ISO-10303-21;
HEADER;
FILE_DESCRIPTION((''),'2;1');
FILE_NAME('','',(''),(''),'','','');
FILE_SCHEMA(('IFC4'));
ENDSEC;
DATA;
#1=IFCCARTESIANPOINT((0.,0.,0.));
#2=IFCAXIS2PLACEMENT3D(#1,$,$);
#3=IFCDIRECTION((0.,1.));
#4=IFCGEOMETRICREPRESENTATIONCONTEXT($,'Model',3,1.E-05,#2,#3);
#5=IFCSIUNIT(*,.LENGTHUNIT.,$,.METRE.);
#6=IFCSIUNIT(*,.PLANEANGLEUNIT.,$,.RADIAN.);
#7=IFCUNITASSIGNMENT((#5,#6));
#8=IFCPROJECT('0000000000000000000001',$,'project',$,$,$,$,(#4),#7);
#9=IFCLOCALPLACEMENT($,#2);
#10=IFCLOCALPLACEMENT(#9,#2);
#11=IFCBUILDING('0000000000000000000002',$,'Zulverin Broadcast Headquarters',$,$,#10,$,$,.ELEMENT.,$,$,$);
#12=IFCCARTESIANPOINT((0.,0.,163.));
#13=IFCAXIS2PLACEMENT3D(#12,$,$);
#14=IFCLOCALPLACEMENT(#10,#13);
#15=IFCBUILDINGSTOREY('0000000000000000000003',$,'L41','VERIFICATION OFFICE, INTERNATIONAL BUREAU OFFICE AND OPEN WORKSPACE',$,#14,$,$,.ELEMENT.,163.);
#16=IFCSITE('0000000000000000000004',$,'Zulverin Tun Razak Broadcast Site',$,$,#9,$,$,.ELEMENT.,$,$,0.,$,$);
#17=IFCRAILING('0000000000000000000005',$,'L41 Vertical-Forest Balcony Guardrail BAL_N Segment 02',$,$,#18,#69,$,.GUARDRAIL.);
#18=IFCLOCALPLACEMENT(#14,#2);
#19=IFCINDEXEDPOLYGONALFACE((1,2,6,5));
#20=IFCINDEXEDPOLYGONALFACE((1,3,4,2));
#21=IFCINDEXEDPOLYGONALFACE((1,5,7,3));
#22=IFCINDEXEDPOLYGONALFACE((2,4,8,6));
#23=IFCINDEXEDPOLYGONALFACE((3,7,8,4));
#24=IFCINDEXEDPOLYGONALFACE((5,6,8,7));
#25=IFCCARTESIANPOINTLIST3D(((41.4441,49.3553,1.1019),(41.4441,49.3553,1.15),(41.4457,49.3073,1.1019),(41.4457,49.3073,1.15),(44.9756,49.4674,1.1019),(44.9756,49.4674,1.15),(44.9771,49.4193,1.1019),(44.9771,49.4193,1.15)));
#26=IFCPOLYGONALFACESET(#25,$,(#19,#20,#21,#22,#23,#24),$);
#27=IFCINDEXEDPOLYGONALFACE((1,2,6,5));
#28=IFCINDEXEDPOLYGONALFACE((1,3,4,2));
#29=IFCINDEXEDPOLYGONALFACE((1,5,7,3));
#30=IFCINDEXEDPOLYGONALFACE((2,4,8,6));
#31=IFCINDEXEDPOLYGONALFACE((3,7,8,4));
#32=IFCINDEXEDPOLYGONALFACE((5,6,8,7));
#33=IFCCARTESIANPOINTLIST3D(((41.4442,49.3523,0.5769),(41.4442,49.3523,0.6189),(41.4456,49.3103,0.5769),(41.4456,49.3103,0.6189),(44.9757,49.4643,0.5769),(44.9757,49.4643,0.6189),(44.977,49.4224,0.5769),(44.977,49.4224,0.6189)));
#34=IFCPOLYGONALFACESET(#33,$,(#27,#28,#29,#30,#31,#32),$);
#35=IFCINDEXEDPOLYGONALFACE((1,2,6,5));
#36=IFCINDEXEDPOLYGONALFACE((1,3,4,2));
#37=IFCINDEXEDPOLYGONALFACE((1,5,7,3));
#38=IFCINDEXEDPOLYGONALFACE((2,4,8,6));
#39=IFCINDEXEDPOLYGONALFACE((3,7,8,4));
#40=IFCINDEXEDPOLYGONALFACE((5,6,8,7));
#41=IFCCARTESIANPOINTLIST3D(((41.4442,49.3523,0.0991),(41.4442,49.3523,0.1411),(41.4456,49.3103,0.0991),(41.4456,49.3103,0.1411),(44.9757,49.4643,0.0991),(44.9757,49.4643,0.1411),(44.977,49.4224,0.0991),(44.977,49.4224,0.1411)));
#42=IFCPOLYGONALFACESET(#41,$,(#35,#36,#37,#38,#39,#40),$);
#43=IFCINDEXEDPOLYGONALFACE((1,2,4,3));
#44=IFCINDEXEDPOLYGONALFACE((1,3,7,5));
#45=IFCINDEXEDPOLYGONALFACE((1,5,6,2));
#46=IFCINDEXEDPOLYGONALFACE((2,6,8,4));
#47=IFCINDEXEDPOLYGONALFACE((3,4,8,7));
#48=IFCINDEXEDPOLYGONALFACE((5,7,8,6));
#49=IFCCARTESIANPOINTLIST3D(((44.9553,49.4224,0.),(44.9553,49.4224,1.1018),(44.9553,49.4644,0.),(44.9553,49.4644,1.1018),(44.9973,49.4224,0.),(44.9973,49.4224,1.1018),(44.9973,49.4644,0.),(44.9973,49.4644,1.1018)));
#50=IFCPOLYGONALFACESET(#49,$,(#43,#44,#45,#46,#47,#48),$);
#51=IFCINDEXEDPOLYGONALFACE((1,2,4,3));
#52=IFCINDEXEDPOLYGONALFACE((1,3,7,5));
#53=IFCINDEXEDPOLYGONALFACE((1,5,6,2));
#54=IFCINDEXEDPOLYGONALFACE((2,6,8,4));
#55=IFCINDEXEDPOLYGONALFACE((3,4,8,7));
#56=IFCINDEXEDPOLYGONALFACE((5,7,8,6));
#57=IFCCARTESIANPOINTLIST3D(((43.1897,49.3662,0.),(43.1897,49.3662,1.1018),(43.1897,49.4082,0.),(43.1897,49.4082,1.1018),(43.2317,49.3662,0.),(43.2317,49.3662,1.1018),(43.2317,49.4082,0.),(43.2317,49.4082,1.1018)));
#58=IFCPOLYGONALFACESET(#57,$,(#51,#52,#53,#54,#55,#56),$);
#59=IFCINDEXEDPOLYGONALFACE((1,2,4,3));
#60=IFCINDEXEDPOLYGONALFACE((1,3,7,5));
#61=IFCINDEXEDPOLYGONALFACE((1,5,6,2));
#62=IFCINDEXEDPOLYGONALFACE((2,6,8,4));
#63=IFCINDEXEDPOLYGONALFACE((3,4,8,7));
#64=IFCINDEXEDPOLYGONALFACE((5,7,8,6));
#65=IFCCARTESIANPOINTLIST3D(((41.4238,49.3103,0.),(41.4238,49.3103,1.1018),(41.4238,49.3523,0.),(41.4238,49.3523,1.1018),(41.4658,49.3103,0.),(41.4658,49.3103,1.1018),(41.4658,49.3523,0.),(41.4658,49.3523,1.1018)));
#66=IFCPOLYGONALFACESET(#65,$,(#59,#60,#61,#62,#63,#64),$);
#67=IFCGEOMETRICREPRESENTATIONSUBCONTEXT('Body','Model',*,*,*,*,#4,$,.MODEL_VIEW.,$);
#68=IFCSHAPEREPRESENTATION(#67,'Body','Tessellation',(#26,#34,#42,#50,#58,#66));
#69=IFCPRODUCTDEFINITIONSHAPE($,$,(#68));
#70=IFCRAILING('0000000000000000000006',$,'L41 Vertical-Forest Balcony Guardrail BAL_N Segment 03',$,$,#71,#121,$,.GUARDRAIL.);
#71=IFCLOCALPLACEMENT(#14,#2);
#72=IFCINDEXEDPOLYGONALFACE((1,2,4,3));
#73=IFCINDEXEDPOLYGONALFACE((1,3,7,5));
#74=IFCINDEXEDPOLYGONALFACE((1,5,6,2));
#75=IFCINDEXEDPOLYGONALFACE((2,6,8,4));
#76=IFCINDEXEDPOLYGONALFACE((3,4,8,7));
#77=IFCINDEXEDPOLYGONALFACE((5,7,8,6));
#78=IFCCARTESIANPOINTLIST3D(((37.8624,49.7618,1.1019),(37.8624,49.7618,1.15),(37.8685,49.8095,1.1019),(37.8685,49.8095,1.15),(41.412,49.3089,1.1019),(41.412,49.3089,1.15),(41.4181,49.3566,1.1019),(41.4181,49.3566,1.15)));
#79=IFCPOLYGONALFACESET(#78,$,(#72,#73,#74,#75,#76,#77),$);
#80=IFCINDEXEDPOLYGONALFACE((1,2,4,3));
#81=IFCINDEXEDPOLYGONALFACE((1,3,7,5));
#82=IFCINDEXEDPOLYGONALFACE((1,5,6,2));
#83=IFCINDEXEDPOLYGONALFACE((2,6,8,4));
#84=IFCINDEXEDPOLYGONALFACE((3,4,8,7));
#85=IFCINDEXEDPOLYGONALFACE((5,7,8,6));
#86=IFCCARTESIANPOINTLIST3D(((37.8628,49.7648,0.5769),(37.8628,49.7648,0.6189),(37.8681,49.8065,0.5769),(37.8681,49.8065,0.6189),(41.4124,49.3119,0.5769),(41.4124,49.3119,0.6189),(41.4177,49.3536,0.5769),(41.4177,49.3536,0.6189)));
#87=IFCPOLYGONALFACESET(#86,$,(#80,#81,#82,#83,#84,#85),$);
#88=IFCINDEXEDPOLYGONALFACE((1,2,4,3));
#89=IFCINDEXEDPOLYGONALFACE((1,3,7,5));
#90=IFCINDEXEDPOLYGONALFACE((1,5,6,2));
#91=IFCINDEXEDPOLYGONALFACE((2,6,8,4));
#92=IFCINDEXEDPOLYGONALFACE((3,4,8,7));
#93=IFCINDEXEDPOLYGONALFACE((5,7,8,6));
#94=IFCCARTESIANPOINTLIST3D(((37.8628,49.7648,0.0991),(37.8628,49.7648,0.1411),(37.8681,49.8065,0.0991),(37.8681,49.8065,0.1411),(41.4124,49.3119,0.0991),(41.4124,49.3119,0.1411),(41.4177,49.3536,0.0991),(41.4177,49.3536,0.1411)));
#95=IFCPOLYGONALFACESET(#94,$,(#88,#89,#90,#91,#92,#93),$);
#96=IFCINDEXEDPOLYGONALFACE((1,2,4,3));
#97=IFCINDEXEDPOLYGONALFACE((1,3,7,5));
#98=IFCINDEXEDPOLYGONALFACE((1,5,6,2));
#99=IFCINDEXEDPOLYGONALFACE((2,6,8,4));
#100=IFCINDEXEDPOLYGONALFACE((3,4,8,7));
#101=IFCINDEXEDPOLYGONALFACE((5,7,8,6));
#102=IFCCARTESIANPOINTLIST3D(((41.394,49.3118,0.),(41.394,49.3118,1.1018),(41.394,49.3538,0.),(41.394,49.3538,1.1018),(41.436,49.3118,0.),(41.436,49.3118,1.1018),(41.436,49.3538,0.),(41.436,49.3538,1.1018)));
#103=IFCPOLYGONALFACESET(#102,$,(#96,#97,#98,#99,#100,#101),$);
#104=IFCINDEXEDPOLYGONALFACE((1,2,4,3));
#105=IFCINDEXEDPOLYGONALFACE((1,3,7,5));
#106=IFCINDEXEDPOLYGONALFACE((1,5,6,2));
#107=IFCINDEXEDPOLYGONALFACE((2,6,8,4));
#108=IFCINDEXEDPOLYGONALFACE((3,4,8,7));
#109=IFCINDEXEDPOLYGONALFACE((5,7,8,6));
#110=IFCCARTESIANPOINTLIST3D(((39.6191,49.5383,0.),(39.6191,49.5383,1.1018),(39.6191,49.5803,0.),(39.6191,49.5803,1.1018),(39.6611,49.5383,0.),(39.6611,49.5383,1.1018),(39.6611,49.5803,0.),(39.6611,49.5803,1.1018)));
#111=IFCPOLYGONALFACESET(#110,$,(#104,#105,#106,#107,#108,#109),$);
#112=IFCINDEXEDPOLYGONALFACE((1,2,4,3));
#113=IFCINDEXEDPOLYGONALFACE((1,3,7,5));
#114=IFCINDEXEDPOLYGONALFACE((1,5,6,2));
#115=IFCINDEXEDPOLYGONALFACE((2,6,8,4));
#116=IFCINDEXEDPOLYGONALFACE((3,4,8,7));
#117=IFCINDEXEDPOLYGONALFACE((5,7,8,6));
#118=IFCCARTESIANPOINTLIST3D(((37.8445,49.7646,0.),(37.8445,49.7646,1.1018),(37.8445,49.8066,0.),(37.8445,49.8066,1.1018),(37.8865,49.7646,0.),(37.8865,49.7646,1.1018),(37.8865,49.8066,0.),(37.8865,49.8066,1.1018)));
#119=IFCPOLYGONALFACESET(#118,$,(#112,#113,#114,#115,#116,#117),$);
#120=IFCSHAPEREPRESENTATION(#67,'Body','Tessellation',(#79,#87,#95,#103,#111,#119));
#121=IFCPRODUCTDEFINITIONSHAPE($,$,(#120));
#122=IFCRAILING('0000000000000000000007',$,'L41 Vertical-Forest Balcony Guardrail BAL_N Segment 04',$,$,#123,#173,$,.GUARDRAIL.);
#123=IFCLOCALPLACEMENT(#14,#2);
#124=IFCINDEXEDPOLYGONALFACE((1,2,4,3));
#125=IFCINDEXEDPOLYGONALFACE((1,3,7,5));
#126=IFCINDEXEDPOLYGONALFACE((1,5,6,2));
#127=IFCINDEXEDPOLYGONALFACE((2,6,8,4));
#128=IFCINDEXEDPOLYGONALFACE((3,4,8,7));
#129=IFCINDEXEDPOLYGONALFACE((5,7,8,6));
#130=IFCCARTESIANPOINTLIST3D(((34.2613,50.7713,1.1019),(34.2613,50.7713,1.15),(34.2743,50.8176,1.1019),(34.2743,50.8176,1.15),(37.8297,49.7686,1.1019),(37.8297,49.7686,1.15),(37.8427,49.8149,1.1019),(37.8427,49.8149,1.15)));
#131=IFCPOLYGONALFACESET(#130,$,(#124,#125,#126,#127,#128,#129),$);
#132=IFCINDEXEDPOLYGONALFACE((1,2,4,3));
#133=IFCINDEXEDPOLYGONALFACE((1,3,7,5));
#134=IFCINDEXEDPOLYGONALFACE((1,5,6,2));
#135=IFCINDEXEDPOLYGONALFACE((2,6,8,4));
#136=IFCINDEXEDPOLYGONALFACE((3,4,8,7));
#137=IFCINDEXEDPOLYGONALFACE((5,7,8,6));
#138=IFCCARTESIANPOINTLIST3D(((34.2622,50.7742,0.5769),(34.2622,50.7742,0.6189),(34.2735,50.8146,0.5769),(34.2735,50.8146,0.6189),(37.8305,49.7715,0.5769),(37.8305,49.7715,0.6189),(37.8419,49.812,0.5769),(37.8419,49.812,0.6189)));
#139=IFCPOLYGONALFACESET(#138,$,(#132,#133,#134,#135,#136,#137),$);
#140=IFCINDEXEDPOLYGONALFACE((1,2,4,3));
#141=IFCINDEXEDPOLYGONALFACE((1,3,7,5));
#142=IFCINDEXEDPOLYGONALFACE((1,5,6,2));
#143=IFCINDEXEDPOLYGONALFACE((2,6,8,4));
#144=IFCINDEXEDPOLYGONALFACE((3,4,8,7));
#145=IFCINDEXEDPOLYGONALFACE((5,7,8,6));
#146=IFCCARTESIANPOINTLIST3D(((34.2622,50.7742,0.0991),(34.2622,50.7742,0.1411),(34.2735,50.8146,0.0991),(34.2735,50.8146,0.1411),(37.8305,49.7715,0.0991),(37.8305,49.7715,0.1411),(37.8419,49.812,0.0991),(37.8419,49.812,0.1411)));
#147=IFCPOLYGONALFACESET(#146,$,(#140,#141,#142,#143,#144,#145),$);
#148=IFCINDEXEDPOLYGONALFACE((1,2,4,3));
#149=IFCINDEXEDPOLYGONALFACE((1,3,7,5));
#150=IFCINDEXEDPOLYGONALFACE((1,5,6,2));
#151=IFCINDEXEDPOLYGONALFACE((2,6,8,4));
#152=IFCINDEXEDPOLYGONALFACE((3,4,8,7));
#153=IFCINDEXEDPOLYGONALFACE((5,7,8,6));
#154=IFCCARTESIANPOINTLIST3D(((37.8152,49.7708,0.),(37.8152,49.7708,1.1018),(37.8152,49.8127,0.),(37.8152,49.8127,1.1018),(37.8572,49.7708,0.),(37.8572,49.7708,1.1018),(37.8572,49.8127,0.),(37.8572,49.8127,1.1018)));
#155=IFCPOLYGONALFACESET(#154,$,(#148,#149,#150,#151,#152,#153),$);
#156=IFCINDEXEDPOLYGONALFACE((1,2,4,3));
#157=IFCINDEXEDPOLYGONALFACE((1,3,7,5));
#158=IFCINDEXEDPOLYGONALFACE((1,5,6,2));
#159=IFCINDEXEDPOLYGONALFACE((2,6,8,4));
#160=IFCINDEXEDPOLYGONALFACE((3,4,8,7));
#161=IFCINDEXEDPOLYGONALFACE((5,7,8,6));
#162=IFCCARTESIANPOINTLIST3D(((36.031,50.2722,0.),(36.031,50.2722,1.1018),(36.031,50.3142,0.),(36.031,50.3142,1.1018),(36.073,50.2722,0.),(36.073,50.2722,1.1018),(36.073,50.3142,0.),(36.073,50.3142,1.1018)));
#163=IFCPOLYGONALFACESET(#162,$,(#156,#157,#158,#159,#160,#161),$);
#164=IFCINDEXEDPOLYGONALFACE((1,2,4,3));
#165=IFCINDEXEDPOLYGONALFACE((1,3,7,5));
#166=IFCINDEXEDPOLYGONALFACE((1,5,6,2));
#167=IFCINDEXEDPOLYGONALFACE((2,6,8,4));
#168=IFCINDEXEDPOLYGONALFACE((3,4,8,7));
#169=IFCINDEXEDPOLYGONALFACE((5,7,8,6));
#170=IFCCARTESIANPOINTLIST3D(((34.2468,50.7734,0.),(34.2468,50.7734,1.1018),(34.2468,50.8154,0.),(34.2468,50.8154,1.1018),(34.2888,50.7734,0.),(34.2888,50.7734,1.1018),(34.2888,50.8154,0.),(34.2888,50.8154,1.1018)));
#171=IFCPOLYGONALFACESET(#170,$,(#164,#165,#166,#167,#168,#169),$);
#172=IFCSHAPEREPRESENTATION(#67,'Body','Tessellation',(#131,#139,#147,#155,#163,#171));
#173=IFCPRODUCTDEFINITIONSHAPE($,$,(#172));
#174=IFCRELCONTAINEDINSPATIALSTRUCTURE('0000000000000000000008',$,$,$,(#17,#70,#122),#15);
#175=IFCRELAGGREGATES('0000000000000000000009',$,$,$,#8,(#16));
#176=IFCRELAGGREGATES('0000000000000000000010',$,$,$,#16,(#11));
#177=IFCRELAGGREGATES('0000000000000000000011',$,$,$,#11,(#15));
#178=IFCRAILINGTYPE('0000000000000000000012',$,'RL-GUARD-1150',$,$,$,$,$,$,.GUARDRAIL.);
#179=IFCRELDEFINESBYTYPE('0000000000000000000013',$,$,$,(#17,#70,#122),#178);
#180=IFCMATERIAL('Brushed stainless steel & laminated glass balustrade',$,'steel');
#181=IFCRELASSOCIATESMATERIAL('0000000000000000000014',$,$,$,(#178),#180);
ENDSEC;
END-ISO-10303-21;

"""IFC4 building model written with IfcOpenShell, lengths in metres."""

from ifc_helpers import new_model, si_unit, direction, frame, origin, origin_2d, place, context, subcontext, project, spatial, rectangle, extrude, material, type_object, element, save


model = new_model("IFC4")

# Units and contexts
model_context = context("Model", 3, precision=1e-05, world=origin(), true_north=direction((0.0, 1.0)))
body_context = subcontext(model_context, "Body", "Model", "MODEL_VIEW")
ifc_project = project(units=[si_unit("LENGTHUNIT", "METRE"), si_unit("PLANEANGLEUNIT", "RADIAN")], contexts=[model_context])

# Site, building, storey
site_placement = place(None, origin())
site = spatial("IfcSite", under=ifc_project, at=site_placement, Name="Zulverin Tun Razak Broadcast Site", CompositionType="ELEMENT", RefElevation=0.0)
building_placement = place(site_placement, origin())
building = spatial("IfcBuilding", under=site, at=building_placement, Name="Zulverin Broadcast Headquarters", CompositionType="ELEMENT")
storey_placement = place(building_placement, frame((0.0, 0.0, 163.0)))
storey = spatial("IfcBuildingStorey", under=building, at=storey_placement, Name="L41", Description="VERIFICATION OFFICE, INTERNATIONAL BUREAU OFFICE AND OPEN WORKSPACE", CompositionType="ELEMENT", Elevation=163.0)

# Railings
ifc_material_1 = material(Name="Brushed stainless steel & laminated glass balustrade", Category="steel")
railing_type_1 = type_object("IfcRailingType", Name="RL-GUARD-1150", PredefinedType="GUARDRAIL", material=ifc_material_1)
railing_1_placement = place(storey_placement, frame((44.9763, 49.4434, 0.0)))
element("IfcRailing", 1, at=railing_1_placement, inside=storey, type_object=railing_type_1, Name="L41 Vertical-Forest Balcony Guardrail BAL_N Segment 02", PredefinedType="GUARDRAIL", context=body_context, shape_type="SweptSolid", body=[
    extrude(rectangle(XDim=0.0481, YDim=0.0481, at=origin_2d()), frame((0.0, 0.0, 1.126), z_axis=(-0.999497, -0.031716, 0.0), x_axis=(0.031716, -0.999497, 0.0)), (0.0, 0.0, 1.0), 3.5332),
    extrude(rectangle(XDim=0.042, YDim=0.042, at=origin_2d()), frame((0.0, 0.0, 0.5979), z_axis=(-0.999497, -0.031716, 0.0), x_axis=(0.031716, -0.999497, 0.0)), (0.0, 0.0, 1.0), 3.5332),
    extrude(rectangle(XDim=0.042, YDim=0.042, at=origin_2d()), frame((0.0, 0.0, 0.1201), z_axis=(-0.999497, -0.031716, 0.0), x_axis=(0.031716, -0.999497, 0.0)), (0.0, 0.0, 1.0), 3.5332),
    extrude(rectangle(XDim=0.042, YDim=0.042, at=origin_2d()), origin(), (0.0, 0.0, 1.0), 1.1018),
    extrude(rectangle(XDim=0.042, YDim=0.042, at=origin_2d()), frame((-1.7656, -0.0562, 0.0)), (0.0, 0.0, 1.0), 1.1018),
    extrude(rectangle(XDim=0.042, YDim=0.042, at=origin_2d()), frame((-3.5315, -0.1121, 0.0)), (0.0, 0.0, 1.0), 1.1018),
])
railing_2_placement = place(storey_placement, frame((41.415, 49.3328, 0.0)))
element("IfcRailing", 2, at=railing_2_placement, inside=storey, type_object=railing_type_1, Name="L41 Vertical-Forest Balcony Guardrail BAL_N Segment 03", PredefinedType="GUARDRAIL", context=body_context, shape_type="SweptSolid", body=[
    extrude(rectangle(XDim=0.0481, YDim=0.0481, at=origin_2d()), frame((0.0, 0.0, 1.126), z_axis=(-0.991959, 0.126562, 0.0), x_axis=(-0.126562, -0.991959, 0.0)), (0.0, 0.0, 1.0), 3.5784),
    extrude(rectangle(XDim=0.042, YDim=0.042, at=origin_2d()), frame((0.0, 0.0, 0.5979), z_axis=(-0.991959, 0.126562, 0.0), x_axis=(-0.126562, -0.991959, 0.0)), (0.0, 0.0, 1.0), 3.5784),
    extrude(rectangle(XDim=0.042, YDim=0.042, at=origin_2d()), frame((0.0, 0.0, 0.1201), z_axis=(-0.991959, 0.126562, 0.0), x_axis=(-0.126562, -0.991959, 0.0)), (0.0, 0.0, 1.0), 3.5784),
    extrude(rectangle(XDim=0.042, YDim=0.042, at=origin_2d()), origin(), (0.0, 0.0, 1.0), 1.1018),
    extrude(rectangle(XDim=0.042, YDim=0.042, at=origin_2d()), frame((-1.7749, 0.2266, 0.0)), (0.0, 0.0, 1.0), 1.1018),
    extrude(rectangle(XDim=0.042, YDim=0.042, at=origin_2d()), frame((-3.5496, 0.4529, 0.0)), (0.0, 0.0, 1.0), 1.1018),
])
railing_3_placement = place(storey_placement, frame((37.8362, 49.7917, 0.0)))
element("IfcRailing", 3, at=railing_3_placement, inside=storey, type_object=railing_type_1, Name="L41 Vertical-Forest Balcony Guardrail BAL_N Segment 04", PredefinedType="GUARDRAIL", context=body_context, shape_type="SweptSolid", body=[
    extrude(rectangle(XDim=0.0481, YDim=0.0481, at=origin_2d()), frame((0.0, 0.0, 1.126), z_axis=(-0.962715, 0.270517, 0.0), x_axis=(-0.270517, -0.962715, 0.0)), (0.0, 0.0, 1.0), 3.7065),
    extrude(rectangle(XDim=0.042, YDim=0.042, at=origin_2d()), frame((0.0, 0.0, 0.5979), z_axis=(-0.962715, 0.270517, 0.0), x_axis=(-0.270517, -0.962715, 0.0)), (0.0, 0.0, 1.0), 3.7065),
    extrude(rectangle(XDim=0.042, YDim=0.042, at=origin_2d()), frame((0.0, 0.0, 0.1201), z_axis=(-0.962715, 0.270517, 0.0), x_axis=(-0.270517, -0.962715, 0.0)), (0.0, 0.0, 1.0), 3.7065),
    extrude(rectangle(XDim=0.042, YDim=0.042, at=origin_2d()), origin(), (0.0, 0.0, 1.0), 1.1018),
    extrude(rectangle(XDim=0.042, YDim=0.042, at=origin_2d()), frame((-1.7842, 0.5015, 0.0)), (0.0, 0.0, 1.0), 1.1018),
    extrude(rectangle(XDim=0.042, YDim=0.042, at=origin_2d()), frame((-3.5684, 1.0027, 0.0)), (0.0, 0.0, 1.0), 1.1018),
])

save(model, "model.ifc")
